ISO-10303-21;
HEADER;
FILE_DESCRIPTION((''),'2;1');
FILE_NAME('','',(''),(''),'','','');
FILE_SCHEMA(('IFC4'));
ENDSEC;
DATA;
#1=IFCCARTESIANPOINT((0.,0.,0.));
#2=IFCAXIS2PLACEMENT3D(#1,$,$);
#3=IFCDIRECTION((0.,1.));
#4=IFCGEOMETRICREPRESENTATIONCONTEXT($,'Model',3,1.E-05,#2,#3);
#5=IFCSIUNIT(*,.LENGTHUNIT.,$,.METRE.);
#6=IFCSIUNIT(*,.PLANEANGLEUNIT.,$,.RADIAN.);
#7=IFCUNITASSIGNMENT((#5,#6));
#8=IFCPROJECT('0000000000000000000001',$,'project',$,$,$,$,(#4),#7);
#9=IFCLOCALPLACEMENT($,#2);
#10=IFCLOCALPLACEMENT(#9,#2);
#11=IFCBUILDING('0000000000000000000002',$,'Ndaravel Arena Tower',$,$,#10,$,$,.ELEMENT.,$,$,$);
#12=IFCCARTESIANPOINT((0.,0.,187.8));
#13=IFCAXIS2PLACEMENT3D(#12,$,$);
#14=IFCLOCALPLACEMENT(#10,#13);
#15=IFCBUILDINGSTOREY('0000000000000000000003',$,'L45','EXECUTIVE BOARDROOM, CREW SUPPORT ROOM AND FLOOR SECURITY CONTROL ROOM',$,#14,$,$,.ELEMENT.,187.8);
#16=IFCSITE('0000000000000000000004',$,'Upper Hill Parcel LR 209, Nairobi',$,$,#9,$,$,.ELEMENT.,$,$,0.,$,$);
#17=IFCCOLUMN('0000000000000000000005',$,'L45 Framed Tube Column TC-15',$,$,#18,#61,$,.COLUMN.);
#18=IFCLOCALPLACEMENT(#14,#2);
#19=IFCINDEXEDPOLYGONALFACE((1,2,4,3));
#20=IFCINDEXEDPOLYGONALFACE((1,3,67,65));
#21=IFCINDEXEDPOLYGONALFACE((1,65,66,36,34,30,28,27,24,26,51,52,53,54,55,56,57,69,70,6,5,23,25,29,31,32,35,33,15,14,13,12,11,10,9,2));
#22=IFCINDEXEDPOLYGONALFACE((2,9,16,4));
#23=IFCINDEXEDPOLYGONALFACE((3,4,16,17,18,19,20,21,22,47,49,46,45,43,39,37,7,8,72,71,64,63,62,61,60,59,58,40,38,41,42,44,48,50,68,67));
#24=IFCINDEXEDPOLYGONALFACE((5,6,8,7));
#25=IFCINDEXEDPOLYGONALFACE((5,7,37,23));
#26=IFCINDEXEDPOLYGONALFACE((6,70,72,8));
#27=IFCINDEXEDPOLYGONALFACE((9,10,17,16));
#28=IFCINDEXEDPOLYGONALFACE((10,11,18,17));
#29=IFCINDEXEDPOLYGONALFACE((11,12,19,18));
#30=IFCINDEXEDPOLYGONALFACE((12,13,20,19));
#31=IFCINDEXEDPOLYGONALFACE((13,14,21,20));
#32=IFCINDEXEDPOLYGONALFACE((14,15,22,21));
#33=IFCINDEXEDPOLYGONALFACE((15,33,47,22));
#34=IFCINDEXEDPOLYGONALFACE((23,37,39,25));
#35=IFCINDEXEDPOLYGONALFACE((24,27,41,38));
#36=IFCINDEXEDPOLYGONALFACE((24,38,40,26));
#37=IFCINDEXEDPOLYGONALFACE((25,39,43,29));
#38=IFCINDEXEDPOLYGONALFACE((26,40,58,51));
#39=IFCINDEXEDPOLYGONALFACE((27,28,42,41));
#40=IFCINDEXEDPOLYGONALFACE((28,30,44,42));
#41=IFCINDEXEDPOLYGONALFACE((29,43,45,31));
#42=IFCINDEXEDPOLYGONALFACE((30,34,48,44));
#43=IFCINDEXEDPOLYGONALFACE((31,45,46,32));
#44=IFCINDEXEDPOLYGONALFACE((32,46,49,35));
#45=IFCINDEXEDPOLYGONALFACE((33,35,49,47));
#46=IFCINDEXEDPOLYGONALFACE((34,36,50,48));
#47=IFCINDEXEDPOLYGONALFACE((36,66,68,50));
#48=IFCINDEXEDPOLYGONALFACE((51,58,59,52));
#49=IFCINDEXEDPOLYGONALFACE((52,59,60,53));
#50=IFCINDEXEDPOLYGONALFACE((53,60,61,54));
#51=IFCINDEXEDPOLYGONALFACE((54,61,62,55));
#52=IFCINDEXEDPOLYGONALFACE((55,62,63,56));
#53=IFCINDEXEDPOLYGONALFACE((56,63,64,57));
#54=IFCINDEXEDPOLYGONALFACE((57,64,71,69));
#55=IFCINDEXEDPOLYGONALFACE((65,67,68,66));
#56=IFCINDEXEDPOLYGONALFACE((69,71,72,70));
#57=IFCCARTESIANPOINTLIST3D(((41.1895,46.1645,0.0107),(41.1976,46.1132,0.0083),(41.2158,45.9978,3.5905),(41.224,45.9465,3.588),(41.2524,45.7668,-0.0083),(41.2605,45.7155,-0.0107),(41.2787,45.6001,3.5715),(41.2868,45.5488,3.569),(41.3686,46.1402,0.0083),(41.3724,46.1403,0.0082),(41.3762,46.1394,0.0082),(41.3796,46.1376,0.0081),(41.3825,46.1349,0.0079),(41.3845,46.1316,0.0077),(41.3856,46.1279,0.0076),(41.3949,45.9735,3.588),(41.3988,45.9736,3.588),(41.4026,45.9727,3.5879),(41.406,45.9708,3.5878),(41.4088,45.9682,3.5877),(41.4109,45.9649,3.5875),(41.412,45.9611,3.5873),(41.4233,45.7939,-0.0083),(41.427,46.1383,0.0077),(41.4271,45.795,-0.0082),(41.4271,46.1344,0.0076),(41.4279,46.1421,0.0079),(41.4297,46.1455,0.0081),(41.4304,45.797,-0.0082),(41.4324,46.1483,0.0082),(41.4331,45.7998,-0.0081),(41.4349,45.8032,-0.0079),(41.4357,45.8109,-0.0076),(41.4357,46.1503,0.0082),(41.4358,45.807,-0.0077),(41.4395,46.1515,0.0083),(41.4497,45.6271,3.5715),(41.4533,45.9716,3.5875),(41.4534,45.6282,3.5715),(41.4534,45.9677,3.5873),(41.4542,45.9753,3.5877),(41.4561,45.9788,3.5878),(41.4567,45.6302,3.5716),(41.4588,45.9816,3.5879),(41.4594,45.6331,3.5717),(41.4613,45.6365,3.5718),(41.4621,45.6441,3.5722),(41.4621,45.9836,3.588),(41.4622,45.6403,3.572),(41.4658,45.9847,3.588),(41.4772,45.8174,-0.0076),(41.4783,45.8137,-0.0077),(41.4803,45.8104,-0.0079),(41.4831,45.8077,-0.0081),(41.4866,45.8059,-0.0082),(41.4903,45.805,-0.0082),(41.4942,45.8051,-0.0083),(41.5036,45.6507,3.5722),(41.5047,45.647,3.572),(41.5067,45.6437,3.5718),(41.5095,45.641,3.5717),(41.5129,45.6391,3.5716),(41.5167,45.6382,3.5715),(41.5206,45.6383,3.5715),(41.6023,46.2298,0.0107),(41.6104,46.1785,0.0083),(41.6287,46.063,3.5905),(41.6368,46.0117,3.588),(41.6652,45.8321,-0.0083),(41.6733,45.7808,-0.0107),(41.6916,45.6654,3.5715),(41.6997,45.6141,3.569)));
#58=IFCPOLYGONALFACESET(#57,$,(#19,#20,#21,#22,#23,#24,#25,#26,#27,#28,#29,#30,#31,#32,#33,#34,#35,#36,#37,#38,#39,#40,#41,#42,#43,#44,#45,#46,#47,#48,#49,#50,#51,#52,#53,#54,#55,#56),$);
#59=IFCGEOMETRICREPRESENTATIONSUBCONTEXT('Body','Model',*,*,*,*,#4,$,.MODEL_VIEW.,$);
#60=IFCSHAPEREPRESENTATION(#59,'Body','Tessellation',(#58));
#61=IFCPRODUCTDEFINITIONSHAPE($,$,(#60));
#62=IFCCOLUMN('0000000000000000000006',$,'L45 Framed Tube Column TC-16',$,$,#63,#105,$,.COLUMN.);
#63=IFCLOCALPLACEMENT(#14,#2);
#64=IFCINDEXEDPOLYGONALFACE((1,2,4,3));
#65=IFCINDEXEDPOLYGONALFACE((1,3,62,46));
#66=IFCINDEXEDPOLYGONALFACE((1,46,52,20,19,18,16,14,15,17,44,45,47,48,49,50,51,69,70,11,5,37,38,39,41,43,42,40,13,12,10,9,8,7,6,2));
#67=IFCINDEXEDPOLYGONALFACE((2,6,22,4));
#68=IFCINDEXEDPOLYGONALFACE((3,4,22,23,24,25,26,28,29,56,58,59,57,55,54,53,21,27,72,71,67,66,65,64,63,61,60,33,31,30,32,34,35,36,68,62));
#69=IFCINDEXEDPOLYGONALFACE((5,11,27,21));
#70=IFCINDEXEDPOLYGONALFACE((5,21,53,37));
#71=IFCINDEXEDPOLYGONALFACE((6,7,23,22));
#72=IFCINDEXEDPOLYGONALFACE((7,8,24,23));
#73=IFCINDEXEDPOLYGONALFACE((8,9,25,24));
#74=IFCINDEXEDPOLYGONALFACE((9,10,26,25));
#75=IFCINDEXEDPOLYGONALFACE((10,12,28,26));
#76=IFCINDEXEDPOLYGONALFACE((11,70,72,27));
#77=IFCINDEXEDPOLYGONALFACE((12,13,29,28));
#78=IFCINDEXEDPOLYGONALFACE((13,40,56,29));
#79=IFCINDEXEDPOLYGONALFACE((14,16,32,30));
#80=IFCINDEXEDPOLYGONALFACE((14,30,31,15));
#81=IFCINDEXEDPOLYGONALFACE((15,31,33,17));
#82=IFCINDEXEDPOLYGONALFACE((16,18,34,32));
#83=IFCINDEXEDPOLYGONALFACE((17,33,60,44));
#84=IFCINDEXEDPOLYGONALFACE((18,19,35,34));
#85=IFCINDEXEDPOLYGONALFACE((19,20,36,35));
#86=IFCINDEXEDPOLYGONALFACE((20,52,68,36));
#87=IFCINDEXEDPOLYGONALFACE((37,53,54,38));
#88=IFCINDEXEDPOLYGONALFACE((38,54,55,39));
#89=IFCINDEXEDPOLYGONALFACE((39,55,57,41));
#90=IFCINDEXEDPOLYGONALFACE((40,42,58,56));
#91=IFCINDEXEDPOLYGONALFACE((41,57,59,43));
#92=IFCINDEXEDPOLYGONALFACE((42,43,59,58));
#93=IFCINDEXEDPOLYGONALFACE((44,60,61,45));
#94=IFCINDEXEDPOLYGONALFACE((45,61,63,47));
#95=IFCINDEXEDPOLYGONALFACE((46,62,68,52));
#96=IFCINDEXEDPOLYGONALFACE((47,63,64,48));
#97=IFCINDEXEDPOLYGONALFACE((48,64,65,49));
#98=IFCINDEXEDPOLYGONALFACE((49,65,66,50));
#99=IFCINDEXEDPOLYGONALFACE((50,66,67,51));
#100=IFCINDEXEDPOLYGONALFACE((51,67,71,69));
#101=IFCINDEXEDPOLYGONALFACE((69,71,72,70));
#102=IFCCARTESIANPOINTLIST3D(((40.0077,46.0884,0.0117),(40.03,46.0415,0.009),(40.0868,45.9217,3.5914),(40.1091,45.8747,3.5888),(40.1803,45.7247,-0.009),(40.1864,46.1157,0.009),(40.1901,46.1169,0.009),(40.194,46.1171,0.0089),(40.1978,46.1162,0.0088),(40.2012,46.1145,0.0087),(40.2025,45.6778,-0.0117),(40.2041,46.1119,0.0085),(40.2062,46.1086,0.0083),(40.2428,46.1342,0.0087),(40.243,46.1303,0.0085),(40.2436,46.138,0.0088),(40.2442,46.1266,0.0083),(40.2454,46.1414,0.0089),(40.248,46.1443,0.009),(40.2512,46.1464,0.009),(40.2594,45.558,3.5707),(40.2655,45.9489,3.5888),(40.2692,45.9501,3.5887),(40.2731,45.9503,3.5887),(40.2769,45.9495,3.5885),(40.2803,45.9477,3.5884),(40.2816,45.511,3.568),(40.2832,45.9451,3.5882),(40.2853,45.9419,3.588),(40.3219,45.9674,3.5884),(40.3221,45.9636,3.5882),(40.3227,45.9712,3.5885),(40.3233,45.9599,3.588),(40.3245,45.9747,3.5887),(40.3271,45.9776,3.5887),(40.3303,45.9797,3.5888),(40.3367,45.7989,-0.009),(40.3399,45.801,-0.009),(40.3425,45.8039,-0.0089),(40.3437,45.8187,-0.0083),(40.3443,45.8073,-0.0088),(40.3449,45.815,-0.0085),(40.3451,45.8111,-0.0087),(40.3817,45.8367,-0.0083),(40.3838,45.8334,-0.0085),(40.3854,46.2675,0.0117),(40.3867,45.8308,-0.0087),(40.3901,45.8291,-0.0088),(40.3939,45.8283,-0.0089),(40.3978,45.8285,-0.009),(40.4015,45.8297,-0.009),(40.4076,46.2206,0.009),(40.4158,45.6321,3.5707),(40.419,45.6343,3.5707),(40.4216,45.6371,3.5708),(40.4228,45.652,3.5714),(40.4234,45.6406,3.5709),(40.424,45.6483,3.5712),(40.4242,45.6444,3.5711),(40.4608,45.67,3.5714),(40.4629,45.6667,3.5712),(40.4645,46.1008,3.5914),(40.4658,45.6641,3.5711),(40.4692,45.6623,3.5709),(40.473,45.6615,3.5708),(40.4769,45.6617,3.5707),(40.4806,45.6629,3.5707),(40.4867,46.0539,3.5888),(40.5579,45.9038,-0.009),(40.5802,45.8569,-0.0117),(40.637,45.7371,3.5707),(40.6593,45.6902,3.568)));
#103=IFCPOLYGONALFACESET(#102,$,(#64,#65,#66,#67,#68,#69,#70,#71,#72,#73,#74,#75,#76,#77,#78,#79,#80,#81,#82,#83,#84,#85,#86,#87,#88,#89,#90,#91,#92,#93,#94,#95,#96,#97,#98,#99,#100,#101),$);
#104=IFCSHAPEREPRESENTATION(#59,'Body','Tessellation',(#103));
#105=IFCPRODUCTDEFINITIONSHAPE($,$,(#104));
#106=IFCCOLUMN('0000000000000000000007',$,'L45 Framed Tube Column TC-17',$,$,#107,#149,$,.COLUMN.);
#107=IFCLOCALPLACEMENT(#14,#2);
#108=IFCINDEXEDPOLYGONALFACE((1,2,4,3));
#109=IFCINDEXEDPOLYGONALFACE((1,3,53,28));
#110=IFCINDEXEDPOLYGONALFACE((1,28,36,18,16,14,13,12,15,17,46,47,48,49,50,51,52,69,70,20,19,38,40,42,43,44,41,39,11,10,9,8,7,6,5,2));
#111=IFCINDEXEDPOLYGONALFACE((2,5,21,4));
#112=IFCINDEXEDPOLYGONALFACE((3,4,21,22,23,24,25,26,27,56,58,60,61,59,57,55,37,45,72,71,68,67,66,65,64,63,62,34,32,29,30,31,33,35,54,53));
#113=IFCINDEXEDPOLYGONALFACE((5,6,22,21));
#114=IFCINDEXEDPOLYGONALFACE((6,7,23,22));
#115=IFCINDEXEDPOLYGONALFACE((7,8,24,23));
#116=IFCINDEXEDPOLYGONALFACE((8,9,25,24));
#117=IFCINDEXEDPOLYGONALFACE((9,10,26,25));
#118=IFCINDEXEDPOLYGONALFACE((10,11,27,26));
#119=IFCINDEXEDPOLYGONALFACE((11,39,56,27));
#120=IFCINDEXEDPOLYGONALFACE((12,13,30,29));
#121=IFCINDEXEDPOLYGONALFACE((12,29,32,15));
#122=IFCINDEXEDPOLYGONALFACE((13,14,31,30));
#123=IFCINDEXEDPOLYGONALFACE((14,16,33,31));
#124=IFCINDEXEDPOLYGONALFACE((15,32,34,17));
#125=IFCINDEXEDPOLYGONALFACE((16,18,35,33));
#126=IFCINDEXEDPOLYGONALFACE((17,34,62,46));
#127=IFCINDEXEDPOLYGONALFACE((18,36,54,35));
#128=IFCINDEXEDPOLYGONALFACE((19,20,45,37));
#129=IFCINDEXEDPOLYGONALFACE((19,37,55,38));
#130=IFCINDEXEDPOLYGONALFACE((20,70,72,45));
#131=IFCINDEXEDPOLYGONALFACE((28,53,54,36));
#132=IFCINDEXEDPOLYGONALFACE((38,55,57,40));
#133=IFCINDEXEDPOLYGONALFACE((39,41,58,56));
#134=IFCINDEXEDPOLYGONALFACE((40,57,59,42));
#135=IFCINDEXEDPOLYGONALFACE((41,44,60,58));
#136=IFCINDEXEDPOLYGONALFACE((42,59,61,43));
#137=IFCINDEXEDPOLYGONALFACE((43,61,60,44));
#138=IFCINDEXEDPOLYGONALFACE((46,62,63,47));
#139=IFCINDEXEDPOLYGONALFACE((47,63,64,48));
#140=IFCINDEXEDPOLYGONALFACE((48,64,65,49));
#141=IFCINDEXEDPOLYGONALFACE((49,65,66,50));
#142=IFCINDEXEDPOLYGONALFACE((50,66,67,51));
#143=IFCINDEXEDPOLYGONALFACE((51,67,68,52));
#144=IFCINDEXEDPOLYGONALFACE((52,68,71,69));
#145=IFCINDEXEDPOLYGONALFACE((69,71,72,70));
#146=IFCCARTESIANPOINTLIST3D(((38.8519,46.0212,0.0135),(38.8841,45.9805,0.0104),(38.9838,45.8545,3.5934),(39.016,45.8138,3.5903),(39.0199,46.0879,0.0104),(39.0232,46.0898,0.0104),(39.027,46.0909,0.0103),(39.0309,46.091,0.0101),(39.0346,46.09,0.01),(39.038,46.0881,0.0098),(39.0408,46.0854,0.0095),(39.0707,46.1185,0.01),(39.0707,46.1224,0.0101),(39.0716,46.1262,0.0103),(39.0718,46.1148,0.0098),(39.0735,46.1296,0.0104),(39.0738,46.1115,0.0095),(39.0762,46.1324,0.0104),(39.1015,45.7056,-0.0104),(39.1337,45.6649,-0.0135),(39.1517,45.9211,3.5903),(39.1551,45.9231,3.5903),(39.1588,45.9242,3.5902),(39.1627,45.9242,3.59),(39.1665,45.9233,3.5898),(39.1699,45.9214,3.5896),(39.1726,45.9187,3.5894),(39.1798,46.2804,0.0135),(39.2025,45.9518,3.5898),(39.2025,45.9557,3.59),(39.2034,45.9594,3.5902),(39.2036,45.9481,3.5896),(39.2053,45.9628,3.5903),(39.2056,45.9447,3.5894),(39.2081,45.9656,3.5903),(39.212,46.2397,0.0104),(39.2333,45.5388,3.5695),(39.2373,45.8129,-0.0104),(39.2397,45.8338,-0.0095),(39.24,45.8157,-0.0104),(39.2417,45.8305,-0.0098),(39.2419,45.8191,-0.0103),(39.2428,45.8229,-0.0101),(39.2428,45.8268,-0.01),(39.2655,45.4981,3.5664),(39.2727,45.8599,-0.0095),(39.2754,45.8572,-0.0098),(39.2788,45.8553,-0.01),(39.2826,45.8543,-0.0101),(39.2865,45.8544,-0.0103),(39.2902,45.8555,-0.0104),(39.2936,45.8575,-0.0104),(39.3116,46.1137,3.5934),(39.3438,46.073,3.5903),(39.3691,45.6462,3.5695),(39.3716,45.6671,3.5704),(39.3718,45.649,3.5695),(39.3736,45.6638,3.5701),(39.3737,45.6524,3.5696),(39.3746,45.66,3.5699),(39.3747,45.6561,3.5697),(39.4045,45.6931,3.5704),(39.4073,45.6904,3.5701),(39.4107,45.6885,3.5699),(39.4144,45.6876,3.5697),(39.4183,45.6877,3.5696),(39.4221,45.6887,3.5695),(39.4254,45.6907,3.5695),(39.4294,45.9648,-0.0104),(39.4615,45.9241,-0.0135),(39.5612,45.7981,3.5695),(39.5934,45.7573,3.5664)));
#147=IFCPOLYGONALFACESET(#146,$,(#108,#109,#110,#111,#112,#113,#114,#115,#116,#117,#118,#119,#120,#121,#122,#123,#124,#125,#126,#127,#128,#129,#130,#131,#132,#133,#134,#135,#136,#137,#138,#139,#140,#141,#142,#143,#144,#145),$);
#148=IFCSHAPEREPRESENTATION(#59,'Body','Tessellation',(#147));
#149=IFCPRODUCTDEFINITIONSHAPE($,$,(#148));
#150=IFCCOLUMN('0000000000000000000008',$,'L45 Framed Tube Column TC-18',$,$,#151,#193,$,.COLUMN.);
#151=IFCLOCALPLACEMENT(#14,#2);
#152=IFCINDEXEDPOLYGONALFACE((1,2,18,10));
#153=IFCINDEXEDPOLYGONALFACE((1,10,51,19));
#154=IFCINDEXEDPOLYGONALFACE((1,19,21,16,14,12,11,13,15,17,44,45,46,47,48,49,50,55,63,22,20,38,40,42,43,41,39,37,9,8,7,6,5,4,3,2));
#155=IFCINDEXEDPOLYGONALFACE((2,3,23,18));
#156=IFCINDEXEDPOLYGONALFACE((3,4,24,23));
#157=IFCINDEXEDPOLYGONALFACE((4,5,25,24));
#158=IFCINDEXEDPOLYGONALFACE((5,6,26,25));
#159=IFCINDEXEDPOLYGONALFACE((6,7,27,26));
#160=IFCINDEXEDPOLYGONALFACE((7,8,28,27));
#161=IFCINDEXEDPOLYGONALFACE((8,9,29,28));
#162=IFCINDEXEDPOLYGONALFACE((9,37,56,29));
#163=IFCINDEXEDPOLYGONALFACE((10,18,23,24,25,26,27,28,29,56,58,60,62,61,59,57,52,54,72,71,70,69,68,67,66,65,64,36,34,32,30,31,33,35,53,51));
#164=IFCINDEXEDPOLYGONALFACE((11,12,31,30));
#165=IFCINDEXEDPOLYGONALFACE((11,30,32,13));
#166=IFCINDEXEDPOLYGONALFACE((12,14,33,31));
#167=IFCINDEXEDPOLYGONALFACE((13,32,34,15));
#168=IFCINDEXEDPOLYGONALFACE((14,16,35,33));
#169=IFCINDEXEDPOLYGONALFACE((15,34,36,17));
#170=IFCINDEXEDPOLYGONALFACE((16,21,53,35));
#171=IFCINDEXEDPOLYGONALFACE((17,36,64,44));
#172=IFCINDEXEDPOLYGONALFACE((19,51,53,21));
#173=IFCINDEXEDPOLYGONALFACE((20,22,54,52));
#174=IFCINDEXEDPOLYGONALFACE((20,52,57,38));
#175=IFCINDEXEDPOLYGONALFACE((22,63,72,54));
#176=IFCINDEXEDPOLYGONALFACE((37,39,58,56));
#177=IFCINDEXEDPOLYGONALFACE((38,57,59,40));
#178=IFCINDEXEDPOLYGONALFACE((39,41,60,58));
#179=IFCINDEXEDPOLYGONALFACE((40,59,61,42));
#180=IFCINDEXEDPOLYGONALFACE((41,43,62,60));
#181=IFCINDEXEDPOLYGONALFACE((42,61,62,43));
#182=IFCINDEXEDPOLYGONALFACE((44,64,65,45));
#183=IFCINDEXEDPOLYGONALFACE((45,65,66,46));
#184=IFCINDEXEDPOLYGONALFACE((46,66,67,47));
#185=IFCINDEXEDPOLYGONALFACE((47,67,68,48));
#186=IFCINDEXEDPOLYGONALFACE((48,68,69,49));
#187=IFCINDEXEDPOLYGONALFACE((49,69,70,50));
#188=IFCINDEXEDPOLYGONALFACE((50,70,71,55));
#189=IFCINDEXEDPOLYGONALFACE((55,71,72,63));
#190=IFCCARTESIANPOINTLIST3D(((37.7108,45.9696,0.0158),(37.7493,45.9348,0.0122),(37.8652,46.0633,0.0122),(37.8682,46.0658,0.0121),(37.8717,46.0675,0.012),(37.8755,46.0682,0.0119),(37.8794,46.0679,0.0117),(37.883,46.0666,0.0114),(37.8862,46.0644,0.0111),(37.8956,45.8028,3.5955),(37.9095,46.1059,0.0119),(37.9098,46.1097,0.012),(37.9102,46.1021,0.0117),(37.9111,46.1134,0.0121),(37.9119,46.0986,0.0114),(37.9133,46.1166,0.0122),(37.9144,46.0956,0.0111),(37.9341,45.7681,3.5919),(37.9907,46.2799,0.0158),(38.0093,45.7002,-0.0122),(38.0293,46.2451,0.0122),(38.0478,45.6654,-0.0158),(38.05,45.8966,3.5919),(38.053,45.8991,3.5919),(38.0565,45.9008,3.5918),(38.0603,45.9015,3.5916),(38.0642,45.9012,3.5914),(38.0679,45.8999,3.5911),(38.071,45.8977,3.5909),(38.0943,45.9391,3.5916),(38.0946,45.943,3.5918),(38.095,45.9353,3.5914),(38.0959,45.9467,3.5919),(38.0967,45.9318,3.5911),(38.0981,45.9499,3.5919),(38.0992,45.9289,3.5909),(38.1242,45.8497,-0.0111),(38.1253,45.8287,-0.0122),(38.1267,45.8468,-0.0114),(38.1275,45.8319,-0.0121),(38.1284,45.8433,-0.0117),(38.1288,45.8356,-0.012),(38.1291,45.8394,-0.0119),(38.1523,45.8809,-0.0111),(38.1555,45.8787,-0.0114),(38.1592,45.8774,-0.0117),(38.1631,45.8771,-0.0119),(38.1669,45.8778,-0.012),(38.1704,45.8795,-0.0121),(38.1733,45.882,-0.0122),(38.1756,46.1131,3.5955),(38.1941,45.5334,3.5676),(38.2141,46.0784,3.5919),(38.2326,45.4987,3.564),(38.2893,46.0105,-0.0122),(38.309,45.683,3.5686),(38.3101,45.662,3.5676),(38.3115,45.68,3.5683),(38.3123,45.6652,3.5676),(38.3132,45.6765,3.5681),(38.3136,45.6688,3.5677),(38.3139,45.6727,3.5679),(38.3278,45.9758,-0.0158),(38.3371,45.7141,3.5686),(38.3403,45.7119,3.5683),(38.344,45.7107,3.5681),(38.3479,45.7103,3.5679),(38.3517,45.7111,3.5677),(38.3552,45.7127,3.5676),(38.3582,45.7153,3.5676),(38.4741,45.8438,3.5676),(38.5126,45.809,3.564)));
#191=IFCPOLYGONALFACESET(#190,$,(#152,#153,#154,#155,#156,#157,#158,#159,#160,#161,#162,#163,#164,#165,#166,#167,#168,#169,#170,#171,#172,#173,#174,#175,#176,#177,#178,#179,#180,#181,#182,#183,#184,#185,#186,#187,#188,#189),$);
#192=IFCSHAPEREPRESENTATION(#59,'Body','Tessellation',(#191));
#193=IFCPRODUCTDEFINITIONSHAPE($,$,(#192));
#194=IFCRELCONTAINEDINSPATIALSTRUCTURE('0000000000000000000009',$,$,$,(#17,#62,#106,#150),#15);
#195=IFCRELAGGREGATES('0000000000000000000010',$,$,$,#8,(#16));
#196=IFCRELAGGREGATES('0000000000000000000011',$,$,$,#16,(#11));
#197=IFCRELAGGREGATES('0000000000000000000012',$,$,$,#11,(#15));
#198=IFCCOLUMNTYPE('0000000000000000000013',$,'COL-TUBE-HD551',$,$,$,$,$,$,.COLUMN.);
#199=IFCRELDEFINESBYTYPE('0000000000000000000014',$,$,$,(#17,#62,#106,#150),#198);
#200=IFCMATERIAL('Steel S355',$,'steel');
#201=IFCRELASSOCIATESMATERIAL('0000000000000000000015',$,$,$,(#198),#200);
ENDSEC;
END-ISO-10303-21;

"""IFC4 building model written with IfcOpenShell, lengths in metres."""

from ifc_helpers import new_model, si_unit, direction, frame, origin, origin_2d, place, context, subcontext, project, spatial, i_section, extrude, material, material_profile, profile_set, type_object, element, save


model = new_model("IFC4")

# Units and contexts
model_context = context("Model", 3, precision=1e-05, world=origin(), true_north=direction((0.0, 1.0)))
body_context = subcontext(model_context, "Body", "Model", "MODEL_VIEW")
ifc_project = project(units=[si_unit("LENGTHUNIT", "METRE"), si_unit("PLANEANGLEUNIT", "RADIAN")], contexts=[model_context])

# Site, building, storey
site_placement = place(None, origin())
site = spatial("IfcSite", under=ifc_project, at=site_placement, Name="Upper Hill Parcel LR 209, Nairobi", CompositionType="ELEMENT", RefElevation=0.0)
building_placement = place(site_placement, origin())
building = spatial("IfcBuilding", under=site, at=building_placement, Name="Ndaravel Arena Tower", CompositionType="ELEMENT")
storey_placement = place(building_placement, frame((0.0, 0.0, 187.8)))
storey = spatial("IfcBuildingStorey", under=building, at=storey_placement, Name="L45", Description="EXECUTIVE BOARDROOM, CREW SUPPORT ROOM AND FLOOR SECURITY CONTROL ROOM", CompositionType="ELEMENT", Elevation=187.8)

# Columns
ifc_material_1 = material(Name="Steel S355", Category="steel")
ifc_material_profile_1 = material_profile(ifc_material_1, i_section(OverallWidth=0.418, OverallDepth=0.4551, WebThickness=0.042, FlangeThickness=0.052, FilletRadius=0.0149, at=origin_2d()), Name="HD 400x551")
ifc_profile_set_1 = profile_set([ifc_material_profile_1], Name="Steel S355")
column_type = type_object("IfcColumnType", Name="COL-TUBE-HD551", PredefinedType="COLUMN", material=ifc_profile_set_1)
column_1_placement = place(storey_placement, frame((41.4314, 45.9727, 0.0), z_axis=(0.007357, -0.046528, 0.99889), x_axis=(0.987728, 0.156185, 0.0)))
element("IfcColumn", 1, at=column_1_placement, inside=storey, type_object=column_type, Name="L45 Framed Tube Column TC-15", PredefinedType="COLUMN", context=body_context, shape_type="SweptSolid", body=[
    extrude(i_section(OverallWidth=0.418, OverallDepth=0.4551, WebThickness=0.042, FlangeThickness=0.052, FilletRadius=0.0149, at=origin_2d()), origin(), (0.0, 0.0, 1.0), 3.5837),
])
column_2_placement = place(storey_placement, frame((40.2939, 45.9727, 0.0), z_axis=(0.022067, -0.046518, 0.998674), x_axis=(0.903495, 0.428598, 0.0)))
element("IfcColumn", 2, at=column_2_placement, inside=storey, type_object=column_type, Name="L45 Framed Tube Column TC-16", PredefinedType="COLUMN", context=body_context, shape_type="SweptSolid", body=[
    extrude(i_section(OverallWidth=0.418, OverallDepth=0.4551, WebThickness=0.042, FlangeThickness=0.052, FilletRadius=0.0149, at=origin_2d()), origin(), (0.0, 0.0, 1.0), 3.5845),
])
column_3_placement = place(storey_placement, frame((39.1567, 45.9727, 0.0), z_axis=(0.036763, -0.046498, 0.998242), x_axis=(0.784442, 0.620203, 0.0)))
element("IfcColumn", 3, at=column_3_placement, inside=storey, type_object=column_type, Name="L45 Framed Tube Column TC-17", PredefinedType="COLUMN", context=body_context, shape_type="SweptSolid", body=[
    extrude(i_section(OverallWidth=0.418, OverallDepth=0.4551, WebThickness=0.042, FlangeThickness=0.052, FilletRadius=0.0149, at=origin_2d()), origin(), (0.0, 0.0, 1.0), 3.5862),
])
column_4_placement = place(storey_placement, frame((38.0193, 45.9727, 0.0), z_axis=(0.051502, -0.046468, 0.997591), x_axis=(0.669885, 0.742465, 0.0)))
element("IfcColumn", 4, at=column_4_placement, inside=storey, type_object=column_type, Name="L45 Framed Tube Column TC-18", PredefinedType="COLUMN", context=body_context, shape_type="SweptSolid", body=[
    extrude(i_section(OverallWidth=0.418, OverallDepth=0.4551, WebThickness=0.042, FlangeThickness=0.052, FilletRadius=0.0149, at=origin_2d()), origin(), (0.0, 0.0, 1.0), 3.5884),
])

save(model, "model.ifc")
